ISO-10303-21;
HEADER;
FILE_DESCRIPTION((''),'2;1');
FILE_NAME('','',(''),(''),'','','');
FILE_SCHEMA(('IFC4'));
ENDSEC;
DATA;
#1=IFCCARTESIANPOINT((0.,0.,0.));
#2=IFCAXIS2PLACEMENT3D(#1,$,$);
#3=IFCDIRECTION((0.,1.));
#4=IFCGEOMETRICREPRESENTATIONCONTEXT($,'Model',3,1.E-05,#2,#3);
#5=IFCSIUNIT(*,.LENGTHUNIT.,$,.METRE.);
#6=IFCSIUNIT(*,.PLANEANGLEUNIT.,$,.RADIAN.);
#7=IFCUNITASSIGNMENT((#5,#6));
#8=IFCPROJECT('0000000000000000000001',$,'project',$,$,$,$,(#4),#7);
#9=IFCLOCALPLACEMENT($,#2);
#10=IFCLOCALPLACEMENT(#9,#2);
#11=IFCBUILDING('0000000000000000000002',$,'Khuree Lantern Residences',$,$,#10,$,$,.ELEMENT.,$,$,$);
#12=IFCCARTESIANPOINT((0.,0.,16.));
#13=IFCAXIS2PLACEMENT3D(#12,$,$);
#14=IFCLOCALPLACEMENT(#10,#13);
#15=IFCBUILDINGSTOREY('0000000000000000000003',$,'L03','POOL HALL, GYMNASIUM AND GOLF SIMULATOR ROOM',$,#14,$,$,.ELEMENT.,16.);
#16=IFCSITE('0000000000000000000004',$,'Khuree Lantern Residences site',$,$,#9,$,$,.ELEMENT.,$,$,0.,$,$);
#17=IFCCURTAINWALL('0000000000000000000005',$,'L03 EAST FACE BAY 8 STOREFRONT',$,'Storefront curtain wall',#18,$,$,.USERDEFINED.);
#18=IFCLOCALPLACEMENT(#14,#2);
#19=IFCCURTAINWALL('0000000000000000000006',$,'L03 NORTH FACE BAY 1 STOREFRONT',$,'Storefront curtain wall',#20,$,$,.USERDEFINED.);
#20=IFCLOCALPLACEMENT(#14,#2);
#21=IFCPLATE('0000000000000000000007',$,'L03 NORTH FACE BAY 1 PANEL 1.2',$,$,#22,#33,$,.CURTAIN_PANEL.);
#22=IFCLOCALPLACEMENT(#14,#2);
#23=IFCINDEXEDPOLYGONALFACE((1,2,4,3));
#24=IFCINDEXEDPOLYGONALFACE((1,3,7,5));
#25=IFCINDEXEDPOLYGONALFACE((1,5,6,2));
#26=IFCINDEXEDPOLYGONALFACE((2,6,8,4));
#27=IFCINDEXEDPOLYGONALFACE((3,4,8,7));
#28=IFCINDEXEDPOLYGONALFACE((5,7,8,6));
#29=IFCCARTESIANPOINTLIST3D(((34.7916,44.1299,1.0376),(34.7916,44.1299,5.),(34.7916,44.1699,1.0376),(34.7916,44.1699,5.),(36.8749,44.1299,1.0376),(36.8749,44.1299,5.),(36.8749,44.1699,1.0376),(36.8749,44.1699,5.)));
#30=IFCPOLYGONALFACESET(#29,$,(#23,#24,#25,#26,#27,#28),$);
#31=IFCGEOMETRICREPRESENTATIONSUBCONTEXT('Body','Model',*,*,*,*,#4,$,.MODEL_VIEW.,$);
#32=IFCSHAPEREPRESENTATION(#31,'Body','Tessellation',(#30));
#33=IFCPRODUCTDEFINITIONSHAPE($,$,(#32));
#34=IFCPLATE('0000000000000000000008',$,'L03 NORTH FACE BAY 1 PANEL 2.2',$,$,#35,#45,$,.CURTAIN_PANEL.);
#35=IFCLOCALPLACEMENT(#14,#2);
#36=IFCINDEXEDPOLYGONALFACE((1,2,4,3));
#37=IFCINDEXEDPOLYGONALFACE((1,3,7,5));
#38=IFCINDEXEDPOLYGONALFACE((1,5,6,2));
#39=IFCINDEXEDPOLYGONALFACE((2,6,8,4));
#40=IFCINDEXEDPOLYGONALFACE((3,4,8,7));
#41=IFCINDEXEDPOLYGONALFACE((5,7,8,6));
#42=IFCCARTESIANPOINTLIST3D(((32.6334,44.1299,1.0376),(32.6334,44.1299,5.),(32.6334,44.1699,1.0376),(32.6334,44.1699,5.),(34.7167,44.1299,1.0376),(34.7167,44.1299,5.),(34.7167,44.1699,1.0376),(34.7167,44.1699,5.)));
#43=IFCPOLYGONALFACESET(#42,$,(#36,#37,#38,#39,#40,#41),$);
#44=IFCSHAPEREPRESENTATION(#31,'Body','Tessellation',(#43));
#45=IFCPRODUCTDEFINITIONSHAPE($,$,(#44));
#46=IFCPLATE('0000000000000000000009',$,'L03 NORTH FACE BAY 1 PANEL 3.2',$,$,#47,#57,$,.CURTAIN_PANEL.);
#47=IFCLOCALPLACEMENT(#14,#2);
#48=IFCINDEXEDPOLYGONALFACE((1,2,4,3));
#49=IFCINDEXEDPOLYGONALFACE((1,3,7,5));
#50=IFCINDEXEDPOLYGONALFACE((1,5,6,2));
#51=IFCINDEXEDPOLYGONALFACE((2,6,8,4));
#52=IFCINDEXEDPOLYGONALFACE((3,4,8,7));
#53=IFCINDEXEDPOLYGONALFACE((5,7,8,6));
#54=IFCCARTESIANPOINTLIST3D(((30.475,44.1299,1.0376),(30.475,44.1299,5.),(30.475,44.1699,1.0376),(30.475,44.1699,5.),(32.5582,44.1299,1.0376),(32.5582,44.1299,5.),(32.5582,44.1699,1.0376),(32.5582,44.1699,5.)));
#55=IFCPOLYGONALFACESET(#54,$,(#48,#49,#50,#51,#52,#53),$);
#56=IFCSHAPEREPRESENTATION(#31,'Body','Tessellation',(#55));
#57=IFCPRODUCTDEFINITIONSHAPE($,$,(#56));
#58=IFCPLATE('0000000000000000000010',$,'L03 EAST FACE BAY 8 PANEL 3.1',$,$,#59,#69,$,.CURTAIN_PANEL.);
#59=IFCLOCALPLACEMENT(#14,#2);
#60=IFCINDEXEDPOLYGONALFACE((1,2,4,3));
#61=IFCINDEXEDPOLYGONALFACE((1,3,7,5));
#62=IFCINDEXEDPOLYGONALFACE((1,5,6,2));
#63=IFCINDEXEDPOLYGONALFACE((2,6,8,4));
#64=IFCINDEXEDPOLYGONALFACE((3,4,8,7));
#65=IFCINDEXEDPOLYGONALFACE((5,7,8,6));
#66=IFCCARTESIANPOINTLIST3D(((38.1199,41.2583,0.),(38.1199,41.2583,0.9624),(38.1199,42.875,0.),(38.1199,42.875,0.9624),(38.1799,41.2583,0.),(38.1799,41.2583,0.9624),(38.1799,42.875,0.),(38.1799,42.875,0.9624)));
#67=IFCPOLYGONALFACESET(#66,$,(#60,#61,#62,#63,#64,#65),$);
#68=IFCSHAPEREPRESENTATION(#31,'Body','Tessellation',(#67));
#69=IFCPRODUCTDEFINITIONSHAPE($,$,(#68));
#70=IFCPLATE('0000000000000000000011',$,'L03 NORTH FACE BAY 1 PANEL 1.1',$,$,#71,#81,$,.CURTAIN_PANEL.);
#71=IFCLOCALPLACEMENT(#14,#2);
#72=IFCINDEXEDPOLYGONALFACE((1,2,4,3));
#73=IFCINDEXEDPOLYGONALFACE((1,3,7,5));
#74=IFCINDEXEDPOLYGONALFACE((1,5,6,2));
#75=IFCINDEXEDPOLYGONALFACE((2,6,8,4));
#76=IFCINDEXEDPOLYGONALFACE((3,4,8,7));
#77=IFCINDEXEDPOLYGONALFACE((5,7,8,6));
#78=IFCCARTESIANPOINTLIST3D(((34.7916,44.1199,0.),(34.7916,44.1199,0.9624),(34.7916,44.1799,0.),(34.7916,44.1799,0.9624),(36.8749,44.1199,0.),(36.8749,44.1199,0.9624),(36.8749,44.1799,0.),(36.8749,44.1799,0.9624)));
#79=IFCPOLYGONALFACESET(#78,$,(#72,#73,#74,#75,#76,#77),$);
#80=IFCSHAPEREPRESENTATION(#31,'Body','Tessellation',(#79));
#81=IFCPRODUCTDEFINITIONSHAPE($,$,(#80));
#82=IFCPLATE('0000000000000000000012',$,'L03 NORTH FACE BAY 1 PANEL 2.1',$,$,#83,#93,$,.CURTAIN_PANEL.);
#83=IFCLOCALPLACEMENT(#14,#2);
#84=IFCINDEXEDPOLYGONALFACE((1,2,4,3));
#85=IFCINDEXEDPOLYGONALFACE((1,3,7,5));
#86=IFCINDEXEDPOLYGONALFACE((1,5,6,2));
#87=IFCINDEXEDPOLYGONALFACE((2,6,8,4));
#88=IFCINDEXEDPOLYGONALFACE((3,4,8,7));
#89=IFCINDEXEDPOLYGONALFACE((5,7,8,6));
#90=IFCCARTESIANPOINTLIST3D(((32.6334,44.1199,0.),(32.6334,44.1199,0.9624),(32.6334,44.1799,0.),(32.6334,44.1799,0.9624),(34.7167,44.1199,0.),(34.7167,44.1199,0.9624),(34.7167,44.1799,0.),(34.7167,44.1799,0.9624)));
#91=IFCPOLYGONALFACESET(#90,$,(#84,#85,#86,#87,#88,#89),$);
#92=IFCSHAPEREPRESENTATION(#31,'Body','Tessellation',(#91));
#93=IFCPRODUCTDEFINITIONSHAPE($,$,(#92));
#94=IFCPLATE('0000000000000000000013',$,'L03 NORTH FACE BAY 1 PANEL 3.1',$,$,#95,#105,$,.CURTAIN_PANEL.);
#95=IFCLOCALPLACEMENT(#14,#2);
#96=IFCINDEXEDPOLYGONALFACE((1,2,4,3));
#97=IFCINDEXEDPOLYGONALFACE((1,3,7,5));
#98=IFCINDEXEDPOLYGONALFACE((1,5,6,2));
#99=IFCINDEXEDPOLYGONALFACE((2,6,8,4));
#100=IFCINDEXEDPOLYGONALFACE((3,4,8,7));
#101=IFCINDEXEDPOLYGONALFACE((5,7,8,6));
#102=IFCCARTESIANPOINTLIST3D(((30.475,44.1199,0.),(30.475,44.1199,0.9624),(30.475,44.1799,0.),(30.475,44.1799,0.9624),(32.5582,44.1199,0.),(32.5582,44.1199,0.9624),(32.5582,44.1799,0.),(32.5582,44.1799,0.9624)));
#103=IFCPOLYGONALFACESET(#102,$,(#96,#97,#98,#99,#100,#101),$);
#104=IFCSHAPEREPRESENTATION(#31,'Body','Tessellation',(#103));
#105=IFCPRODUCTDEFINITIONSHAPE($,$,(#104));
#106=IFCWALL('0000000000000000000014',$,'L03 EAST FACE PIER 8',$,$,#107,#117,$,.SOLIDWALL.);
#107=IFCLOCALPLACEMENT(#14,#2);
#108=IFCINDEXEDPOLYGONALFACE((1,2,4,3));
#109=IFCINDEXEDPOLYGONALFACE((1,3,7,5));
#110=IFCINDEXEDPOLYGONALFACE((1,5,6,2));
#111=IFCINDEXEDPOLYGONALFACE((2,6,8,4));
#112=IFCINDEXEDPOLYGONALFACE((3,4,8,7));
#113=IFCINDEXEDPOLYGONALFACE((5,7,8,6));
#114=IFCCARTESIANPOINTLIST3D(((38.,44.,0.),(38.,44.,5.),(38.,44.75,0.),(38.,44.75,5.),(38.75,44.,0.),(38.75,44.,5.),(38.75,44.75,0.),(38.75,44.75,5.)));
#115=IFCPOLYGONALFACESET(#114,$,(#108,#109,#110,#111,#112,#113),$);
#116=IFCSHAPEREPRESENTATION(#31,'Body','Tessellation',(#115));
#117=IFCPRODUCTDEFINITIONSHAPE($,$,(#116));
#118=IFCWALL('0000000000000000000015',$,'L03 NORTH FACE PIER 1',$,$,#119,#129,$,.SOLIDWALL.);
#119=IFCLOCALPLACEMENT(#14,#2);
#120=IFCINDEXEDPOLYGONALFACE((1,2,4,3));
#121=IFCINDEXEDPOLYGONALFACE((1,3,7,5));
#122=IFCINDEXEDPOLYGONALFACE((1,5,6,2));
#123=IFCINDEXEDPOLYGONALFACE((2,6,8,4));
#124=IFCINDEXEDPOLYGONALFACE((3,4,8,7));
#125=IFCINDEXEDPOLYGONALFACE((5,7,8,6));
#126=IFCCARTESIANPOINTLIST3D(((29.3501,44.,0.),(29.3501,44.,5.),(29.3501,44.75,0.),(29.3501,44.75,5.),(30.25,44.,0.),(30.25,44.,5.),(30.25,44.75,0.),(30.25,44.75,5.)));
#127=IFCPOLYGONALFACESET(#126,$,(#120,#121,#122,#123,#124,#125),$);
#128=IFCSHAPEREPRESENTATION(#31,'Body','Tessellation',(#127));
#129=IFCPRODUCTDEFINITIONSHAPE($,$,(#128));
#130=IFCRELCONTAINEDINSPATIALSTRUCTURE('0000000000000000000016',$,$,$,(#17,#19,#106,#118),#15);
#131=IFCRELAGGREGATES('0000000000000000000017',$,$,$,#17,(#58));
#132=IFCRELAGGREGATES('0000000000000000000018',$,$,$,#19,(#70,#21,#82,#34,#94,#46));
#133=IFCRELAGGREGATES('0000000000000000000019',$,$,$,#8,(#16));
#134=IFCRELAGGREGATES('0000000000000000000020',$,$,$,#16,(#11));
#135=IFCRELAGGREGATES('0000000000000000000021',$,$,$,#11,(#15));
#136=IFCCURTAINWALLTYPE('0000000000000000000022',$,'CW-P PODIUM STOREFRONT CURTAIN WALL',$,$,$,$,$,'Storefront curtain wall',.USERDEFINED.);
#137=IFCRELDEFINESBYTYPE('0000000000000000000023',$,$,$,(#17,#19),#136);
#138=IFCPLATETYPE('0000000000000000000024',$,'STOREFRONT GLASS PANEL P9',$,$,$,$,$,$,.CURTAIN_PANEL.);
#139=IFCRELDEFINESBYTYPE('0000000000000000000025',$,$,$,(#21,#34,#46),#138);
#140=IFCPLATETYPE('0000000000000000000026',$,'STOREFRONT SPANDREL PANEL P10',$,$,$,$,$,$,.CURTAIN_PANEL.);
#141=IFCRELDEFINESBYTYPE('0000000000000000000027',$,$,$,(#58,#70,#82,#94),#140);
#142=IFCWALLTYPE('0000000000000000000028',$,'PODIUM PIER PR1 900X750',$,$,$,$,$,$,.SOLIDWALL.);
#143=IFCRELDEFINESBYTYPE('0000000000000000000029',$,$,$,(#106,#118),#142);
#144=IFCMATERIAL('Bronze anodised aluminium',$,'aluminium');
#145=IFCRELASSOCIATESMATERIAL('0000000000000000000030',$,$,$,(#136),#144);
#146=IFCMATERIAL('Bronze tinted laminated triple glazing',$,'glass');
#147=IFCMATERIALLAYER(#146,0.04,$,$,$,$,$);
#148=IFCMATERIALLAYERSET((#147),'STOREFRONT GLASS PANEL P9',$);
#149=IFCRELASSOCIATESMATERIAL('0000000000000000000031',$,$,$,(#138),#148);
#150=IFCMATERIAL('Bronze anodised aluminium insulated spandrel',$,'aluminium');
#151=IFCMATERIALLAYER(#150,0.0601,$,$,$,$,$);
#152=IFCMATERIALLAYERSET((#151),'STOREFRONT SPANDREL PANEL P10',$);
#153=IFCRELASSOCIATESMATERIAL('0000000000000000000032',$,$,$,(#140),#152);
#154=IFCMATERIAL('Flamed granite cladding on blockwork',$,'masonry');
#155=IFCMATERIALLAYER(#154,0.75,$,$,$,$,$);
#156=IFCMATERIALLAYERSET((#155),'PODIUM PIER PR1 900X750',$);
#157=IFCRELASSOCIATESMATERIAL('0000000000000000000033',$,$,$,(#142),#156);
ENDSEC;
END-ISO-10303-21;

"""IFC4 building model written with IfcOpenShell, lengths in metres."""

from ifc_helpers import new_model, si_unit, direction, frame, frame_2d, origin, origin_2d, place, context, subcontext, project, spatial, rectangle, extrude, material, layer, layer_set, type_object, element, aggregate, save


model = new_model("IFC4")

# Units and contexts
model_context = context("Model", 3, precision=1e-05, world=origin(), true_north=direction((0.0, 1.0)))
body_context = subcontext(model_context, "Body", "Model", "MODEL_VIEW")
ifc_project = project(units=[si_unit("LENGTHUNIT", "METRE"), si_unit("PLANEANGLEUNIT", "RADIAN")], contexts=[model_context])

# Site, building, storey
site_placement = place(None, origin())
site = spatial("IfcSite", under=ifc_project, at=site_placement, Name="Khuree Lantern Residences site", CompositionType="ELEMENT", RefElevation=0.0)
building_placement = place(site_placement, origin())
building = spatial("IfcBuilding", under=site, at=building_placement, Name="Khuree Lantern Residences", CompositionType="ELEMENT")
storey_placement = place(building_placement, frame((0.0, 0.0, 16.0)))
storey = spatial("IfcBuildingStorey", under=building, at=storey_placement, Name="L03", Description="POOL HALL, GYMNASIUM AND GOLF SIMULATOR ROOM", CompositionType="ELEMENT", Elevation=16.0)

# Curtain walls
ifc_material_1 = material(Name="Bronze anodised aluminium", Category="aluminium")
curtain_wall_type = type_object("IfcCurtainWallType", Name="CW-P PODIUM STOREFRONT CURTAIN WALL", ElementType="Storefront curtain wall", PredefinedType="USERDEFINED", material=ifc_material_1)
curtain_wall_1_placement = place(storey_placement, origin())
curtain_wall_1 = element("IfcCurtainWall", 1, at=curtain_wall_1_placement, inside=storey, type_object=curtain_wall_type, Name="L03 EAST FACE BAY 8 STOREFRONT", ObjectType="Storefront curtain wall", PredefinedType="USERDEFINED")
curtain_wall_2_placement = place(storey_placement, origin())
curtain_wall_2 = element("IfcCurtainWall", 2, at=curtain_wall_2_placement, inside=storey, type_object=curtain_wall_type, Name="L03 NORTH FACE BAY 1 STOREFRONT", ObjectType="Storefront curtain wall", PredefinedType="USERDEFINED")

# Plates
ifc_material_2 = material(Name="Bronze tinted laminated triple glazing", Category="glass")
ifc_layer_1 = layer(ifc_material_2, 0.04)
ifc_layer_set_1 = layer_set([ifc_layer_1], Name="STOREFRONT GLASS PANEL P9")
plate_type_1 = type_object("IfcPlateType", Name="STOREFRONT GLASS PANEL P9", PredefinedType="CURTAIN_PANEL", material=ifc_layer_set_1)
plate_1_placement = place(storey_placement, frame((35.8333, 44.1499, 1.0376), z_axis=(0.0, 0.0, 1.0), x_axis=(-1.0, 0.0, 0.0)))
plate_1 = element("IfcPlate", 3, at=plate_1_placement, type_object=plate_type_1, Name="L03 NORTH FACE BAY 1 PANEL 1.2", PredefinedType="CURTAIN_PANEL", context=body_context, shape_type="SweptSolid", body=[
    extrude(rectangle(XDim=2.0833, YDim=0.04, at=origin_2d()), origin(), (0.0, 0.0, 1.0), 3.9624),
])
plate_2_placement = place(storey_placement, frame((33.675, 44.1499, 1.0376), z_axis=(0.0, 0.0, 1.0), x_axis=(-1.0, 0.0, 0.0)))
plate_2 = element("IfcPlate", 4, at=plate_2_placement, type_object=plate_type_1, Name="L03 NORTH FACE BAY 1 PANEL 2.2", PredefinedType="CURTAIN_PANEL", context=body_context, shape_type="SweptSolid", body=[
    extrude(rectangle(XDim=2.0833, YDim=0.04, at=origin_2d()), origin(), (0.0, 0.0, 1.0), 3.9624),
])
plate_3_placement = place(storey_placement, frame((31.5166, 44.1499, 1.0376), z_axis=(0.0, 0.0, 1.0), x_axis=(-1.0, 0.0, 0.0)))
plate_3 = element("IfcPlate", 5, at=plate_3_placement, type_object=plate_type_1, Name="L03 NORTH FACE BAY 1 PANEL 3.2", PredefinedType="CURTAIN_PANEL", context=body_context, shape_type="SweptSolid", body=[
    extrude(rectangle(XDim=2.0833, YDim=0.04, at=origin_2d()), origin(), (0.0, 0.0, 1.0), 3.9624),
])
ifc_material_3 = material(Name="Bronze anodised aluminium insulated spandrel", Category="aluminium")
ifc_layer_2 = layer(ifc_material_3, 0.0601)
ifc_layer_set_2 = layer_set([ifc_layer_2], Name="STOREFRONT SPANDREL PANEL P10")
plate_type_2 = type_object("IfcPlateType", Name="STOREFRONT SPANDREL PANEL P10", PredefinedType="CURTAIN_PANEL", material=ifc_layer_set_2)
plate_4_placement = place(storey_placement, frame((38.1499, 42.0667, 0.0), z_axis=(0.0, 0.0, 1.0), x_axis=(0.0, 1.0, 0.0)))
plate_4 = element("IfcPlate", 6, at=plate_4_placement, type_object=plate_type_2, Name="L03 EAST FACE BAY 8 PANEL 3.1", PredefinedType="CURTAIN_PANEL", context=body_context, shape_type="SweptSolid", body=[
    extrude(rectangle(XDim=1.6167, YDim=0.0601, at=origin_2d()), origin(), (0.0, 0.0, 1.0), 0.9624),
])
aggregate(curtain_wall_1, [plate_4])
plate_5_placement = place(storey_placement, frame((35.8333, 44.1499, 0.0), z_axis=(0.0, 0.0, 1.0), x_axis=(-1.0, 0.0, 0.0)))
plate_5 = element("IfcPlate", 7, at=plate_5_placement, type_object=plate_type_2, Name="L03 NORTH FACE BAY 1 PANEL 1.1", PredefinedType="CURTAIN_PANEL", context=body_context, shape_type="SweptSolid", body=[
    extrude(rectangle(XDim=2.0833, YDim=0.0601, at=origin_2d()), origin(), (0.0, 0.0, 1.0), 0.9624),
])
plate_6_placement = place(storey_placement, frame((33.675, 44.1499, 0.0), z_axis=(0.0, 0.0, 1.0), x_axis=(-1.0, 0.0, 0.0)))
plate_6 = element("IfcPlate", 8, at=plate_6_placement, type_object=plate_type_2, Name="L03 NORTH FACE BAY 1 PANEL 2.1", PredefinedType="CURTAIN_PANEL", context=body_context, shape_type="SweptSolid", body=[
    extrude(rectangle(XDim=2.0833, YDim=0.0601, at=origin_2d()), origin(), (0.0, 0.0, 1.0), 0.9624),
])
plate_7_placement = place(storey_placement, frame((31.5166, 44.1499, 0.0), z_axis=(0.0, 0.0, 1.0), x_axis=(-1.0, 0.0, 0.0)))
plate_7 = element("IfcPlate", 9, at=plate_7_placement, type_object=plate_type_2, Name="L03 NORTH FACE BAY 1 PANEL 3.1", PredefinedType="CURTAIN_PANEL", context=body_context, shape_type="SweptSolid", body=[
    extrude(rectangle(XDim=2.0833, YDim=0.0601, at=origin_2d()), origin(), (0.0, 0.0, 1.0), 0.9624),
])
aggregate(curtain_wall_2, [plate_5, plate_1, plate_6, plate_2, plate_7, plate_3])

# Walls
ifc_material_4 = material(Name="Flamed granite cladding on blockwork", Category="masonry")
ifc_layer_3 = layer(ifc_material_4, 0.75)
ifc_layer_set_3 = layer_set([ifc_layer_3], Name="PODIUM PIER PR1 900X750")
wall_type = type_object("IfcWallType", Name="PODIUM PIER PR1 900X750", PredefinedType="SOLIDWALL", material=ifc_layer_set_3)
wall_1_placement = place(storey_placement, frame((38.375, 44.0, 0.0), z_axis=(0.0, 0.0, 1.0), x_axis=(0.0, 1.0, 0.0)))
element("IfcWall", 10, at=wall_1_placement, inside=storey, type_object=wall_type, Name="L03 EAST FACE PIER 8", PredefinedType="SOLIDWALL", context=body_context, shape_type="SweptSolid", body=[
    extrude(rectangle(XDim=0.75, YDim=0.75, at=frame_2d((0.375, 0.0))), origin(), (0.0, 0.0, 1.0), 5.0),
])
wall_2_placement = place(storey_placement, frame((30.25, 44.375, 0.0), z_axis=(0.0, 0.0, 1.0), x_axis=(-1.0, 0.0, 0.0)))
element("IfcWall", 11, at=wall_2_placement, inside=storey, type_object=wall_type, Name="L03 NORTH FACE PIER 1", PredefinedType="SOLIDWALL", context=body_context, shape_type="SweptSolid", body=[
    extrude(rectangle(XDim=0.8999, YDim=0.75, at=frame_2d((0.45, 0.0))), origin(), (0.0, 0.0, 1.0), 5.0),
])

save(model, "model.ifc")
